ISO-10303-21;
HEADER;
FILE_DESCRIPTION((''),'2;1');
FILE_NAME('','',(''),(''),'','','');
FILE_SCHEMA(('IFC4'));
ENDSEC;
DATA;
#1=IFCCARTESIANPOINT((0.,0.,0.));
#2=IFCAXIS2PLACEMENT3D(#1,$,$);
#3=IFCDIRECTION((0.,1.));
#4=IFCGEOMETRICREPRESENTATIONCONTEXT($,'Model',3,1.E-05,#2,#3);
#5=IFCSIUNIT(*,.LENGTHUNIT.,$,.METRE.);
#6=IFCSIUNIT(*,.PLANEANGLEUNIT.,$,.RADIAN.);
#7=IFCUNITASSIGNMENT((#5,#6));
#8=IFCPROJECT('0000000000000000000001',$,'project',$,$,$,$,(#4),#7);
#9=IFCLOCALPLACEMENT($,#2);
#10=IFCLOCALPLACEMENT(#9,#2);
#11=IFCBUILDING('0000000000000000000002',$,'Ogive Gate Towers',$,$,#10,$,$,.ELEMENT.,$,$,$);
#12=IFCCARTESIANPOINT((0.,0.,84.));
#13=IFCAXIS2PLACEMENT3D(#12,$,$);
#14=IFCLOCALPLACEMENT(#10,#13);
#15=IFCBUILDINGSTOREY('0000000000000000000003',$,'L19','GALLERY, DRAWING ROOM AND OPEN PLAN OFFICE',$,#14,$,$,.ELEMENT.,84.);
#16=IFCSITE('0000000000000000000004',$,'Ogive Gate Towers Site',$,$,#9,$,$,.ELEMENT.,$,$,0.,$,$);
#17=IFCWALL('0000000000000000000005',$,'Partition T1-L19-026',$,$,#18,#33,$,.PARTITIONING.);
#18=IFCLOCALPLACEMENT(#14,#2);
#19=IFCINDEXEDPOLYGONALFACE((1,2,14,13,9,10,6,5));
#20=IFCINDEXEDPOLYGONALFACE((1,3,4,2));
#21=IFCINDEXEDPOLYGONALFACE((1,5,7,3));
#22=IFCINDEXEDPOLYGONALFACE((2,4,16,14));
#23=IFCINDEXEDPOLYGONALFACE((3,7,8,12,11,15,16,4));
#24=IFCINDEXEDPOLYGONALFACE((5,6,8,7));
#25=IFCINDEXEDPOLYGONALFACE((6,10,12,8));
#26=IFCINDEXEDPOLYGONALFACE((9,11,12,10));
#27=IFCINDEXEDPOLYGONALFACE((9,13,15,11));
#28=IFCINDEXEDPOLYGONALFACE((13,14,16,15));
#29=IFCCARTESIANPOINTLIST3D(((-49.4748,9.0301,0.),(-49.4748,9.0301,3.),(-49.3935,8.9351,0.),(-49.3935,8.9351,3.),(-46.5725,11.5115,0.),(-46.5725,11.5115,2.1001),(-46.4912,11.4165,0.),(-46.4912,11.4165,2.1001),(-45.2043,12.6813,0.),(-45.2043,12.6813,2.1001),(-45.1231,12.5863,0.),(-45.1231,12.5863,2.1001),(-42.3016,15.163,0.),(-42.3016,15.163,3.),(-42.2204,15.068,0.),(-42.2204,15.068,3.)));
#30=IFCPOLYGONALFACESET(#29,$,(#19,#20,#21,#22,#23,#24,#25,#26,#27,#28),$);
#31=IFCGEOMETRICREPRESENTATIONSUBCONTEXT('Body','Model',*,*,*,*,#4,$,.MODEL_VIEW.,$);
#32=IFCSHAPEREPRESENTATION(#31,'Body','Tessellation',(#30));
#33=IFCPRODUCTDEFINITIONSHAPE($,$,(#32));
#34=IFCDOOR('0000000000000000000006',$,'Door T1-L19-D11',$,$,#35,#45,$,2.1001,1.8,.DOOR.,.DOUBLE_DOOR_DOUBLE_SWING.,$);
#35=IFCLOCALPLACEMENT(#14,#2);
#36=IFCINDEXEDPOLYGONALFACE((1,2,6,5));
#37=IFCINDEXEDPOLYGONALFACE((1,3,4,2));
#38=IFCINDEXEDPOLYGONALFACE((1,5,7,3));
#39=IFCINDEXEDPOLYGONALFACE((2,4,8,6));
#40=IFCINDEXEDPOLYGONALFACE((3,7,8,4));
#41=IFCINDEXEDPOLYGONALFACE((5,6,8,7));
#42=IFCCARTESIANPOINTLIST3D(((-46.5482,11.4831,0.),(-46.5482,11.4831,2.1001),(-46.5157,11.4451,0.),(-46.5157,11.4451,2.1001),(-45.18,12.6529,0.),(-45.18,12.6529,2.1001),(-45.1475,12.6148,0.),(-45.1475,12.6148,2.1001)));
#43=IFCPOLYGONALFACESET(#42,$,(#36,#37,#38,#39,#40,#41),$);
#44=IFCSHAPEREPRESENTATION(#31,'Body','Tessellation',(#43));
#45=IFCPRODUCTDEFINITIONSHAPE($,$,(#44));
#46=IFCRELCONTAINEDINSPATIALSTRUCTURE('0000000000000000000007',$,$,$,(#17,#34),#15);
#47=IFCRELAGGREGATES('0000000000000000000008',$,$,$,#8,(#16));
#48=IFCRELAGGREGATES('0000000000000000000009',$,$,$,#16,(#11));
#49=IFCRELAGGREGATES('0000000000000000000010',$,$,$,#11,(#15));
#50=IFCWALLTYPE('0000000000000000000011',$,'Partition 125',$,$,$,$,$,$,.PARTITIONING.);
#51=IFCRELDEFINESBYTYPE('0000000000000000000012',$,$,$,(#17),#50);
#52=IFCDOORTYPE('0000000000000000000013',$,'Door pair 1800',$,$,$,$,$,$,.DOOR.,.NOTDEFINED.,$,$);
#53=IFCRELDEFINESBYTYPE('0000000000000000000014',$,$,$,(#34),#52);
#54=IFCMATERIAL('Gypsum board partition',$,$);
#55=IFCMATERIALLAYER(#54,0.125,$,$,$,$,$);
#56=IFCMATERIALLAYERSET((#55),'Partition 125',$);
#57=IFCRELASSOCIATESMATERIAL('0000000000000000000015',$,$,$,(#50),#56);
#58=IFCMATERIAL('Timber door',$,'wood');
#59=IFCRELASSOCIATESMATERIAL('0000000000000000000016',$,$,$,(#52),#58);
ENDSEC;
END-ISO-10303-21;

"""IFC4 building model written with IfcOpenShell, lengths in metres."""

from ifc_helpers import new_model, si_unit, direction, frame, frame_2d, origin, place, context, subcontext, project, spatial, rectangle, extrude, material, layer, layer_set, type_object, element, fill, save


model = new_model("IFC4")

# Units and contexts
model_context = context("Model", 3, precision=1e-05, world=origin(), true_north=direction((0.0, 1.0)))
body_context = subcontext(model_context, "Body", "Model", "MODEL_VIEW")
ifc_project = project(units=[si_unit("LENGTHUNIT", "METRE"), si_unit("PLANEANGLEUNIT", "RADIAN")], contexts=[model_context])

# Site, building, storey
site_placement = place(None, origin())
site = spatial("IfcSite", under=ifc_project, at=site_placement, Name="Ogive Gate Towers Site", CompositionType="ELEMENT", RefElevation=0.0)
building_placement = place(site_placement, origin())
building = spatial("IfcBuilding", under=site, at=building_placement, Name="Ogive Gate Towers", CompositionType="ELEMENT")
storey_placement = place(building_placement, frame((0.0, 0.0, 84.0)))
storey = spatial("IfcBuildingStorey", under=building, at=storey_placement, Name="L19", Description="GALLERY, DRAWING ROOM AND OPEN PLAN OFFICE", CompositionType="ELEMENT", Elevation=84.0)

# Shared definitions
ifc_material_1 = material(Name="Timber door", Category="wood")

# Shared definitions
ifc_material_2 = material(Name="Gypsum board partition")
ifc_layer_1 = layer(ifc_material_2, 0.125)
ifc_layer_set_1 = layer_set([ifc_layer_1], Name="Partition 125")
wall_type_1 = type_object("IfcWallType", Name="Partition 125", PredefinedType="PARTITIONING", material=ifc_layer_set_1)

# Wall, opening, door
wall_1_placement = place(storey_placement, frame((-42.261, 15.1155, 0.0), z_axis=(0.0, 0.0, 1.0), x_axis=(-0.76007, -0.649841, 0.0)))
wall_1 = element("IfcWall", 1, at=wall_1_placement, inside=storey, type_object=wall_type_1, Name="Partition T1-L19-026", PredefinedType="PARTITIONING", context=body_context, shape_type="SweptSolid", body=[
    extrude(rectangle(XDim=9.4375, YDim=0.125, at=frame_2d((4.7188, 0.0))), origin(), (0.0, 0.0, 1.0), 3.0),
])
opening_1_placement = place(wall_1_placement, frame((3.8191, 0.0, 0.0)))
opening_1 = element("IfcOpeningElement", 2, at=opening_1_placement, cuts=wall_1, PredefinedType="OPENING", context=body_context, shape_type="SweptSolid", body=[
    extrude(rectangle(XDim=1.8, YDim=2.1001, at=frame_2d((0.8999, 1.05))), frame((0.0, 0.0725, 0.0), z_axis=(0.0, -1.0, 0.0), x_axis=(1.0, 0.0, 0.0)), (0.0, 0.0, 1.0), 0.145),
])
door_type_1 = type_object("IfcDoorType", Name="Door pair 1800", OperationType="NOTDEFINED", PredefinedType="DOOR", material=ifc_material_1)
door_1_placement = place(opening_1_placement, origin())
door_1 = element("IfcDoor", 3, at=door_1_placement, inside=storey, type_object=door_type_1, Name="Door T1-L19-D11", OperationType="DOUBLE_DOOR_DOUBLE_SWING", OverallHeight=2.1001, OverallWidth=1.8, PredefinedType="DOOR", context=body_context, shape_type="SweptSolid", body=[
    extrude(rectangle(XDim=1.8, YDim=2.1001, at=frame_2d((0.8999, 1.05))), frame((0.0, 0.0249, 0.0), z_axis=(0.0, -1.0, 0.0), x_axis=(1.0, 0.0, 0.0)), (0.0, 0.0, 1.0), 0.05),
])
fill(opening_1, door_1)

save(model, "model.ifc")
